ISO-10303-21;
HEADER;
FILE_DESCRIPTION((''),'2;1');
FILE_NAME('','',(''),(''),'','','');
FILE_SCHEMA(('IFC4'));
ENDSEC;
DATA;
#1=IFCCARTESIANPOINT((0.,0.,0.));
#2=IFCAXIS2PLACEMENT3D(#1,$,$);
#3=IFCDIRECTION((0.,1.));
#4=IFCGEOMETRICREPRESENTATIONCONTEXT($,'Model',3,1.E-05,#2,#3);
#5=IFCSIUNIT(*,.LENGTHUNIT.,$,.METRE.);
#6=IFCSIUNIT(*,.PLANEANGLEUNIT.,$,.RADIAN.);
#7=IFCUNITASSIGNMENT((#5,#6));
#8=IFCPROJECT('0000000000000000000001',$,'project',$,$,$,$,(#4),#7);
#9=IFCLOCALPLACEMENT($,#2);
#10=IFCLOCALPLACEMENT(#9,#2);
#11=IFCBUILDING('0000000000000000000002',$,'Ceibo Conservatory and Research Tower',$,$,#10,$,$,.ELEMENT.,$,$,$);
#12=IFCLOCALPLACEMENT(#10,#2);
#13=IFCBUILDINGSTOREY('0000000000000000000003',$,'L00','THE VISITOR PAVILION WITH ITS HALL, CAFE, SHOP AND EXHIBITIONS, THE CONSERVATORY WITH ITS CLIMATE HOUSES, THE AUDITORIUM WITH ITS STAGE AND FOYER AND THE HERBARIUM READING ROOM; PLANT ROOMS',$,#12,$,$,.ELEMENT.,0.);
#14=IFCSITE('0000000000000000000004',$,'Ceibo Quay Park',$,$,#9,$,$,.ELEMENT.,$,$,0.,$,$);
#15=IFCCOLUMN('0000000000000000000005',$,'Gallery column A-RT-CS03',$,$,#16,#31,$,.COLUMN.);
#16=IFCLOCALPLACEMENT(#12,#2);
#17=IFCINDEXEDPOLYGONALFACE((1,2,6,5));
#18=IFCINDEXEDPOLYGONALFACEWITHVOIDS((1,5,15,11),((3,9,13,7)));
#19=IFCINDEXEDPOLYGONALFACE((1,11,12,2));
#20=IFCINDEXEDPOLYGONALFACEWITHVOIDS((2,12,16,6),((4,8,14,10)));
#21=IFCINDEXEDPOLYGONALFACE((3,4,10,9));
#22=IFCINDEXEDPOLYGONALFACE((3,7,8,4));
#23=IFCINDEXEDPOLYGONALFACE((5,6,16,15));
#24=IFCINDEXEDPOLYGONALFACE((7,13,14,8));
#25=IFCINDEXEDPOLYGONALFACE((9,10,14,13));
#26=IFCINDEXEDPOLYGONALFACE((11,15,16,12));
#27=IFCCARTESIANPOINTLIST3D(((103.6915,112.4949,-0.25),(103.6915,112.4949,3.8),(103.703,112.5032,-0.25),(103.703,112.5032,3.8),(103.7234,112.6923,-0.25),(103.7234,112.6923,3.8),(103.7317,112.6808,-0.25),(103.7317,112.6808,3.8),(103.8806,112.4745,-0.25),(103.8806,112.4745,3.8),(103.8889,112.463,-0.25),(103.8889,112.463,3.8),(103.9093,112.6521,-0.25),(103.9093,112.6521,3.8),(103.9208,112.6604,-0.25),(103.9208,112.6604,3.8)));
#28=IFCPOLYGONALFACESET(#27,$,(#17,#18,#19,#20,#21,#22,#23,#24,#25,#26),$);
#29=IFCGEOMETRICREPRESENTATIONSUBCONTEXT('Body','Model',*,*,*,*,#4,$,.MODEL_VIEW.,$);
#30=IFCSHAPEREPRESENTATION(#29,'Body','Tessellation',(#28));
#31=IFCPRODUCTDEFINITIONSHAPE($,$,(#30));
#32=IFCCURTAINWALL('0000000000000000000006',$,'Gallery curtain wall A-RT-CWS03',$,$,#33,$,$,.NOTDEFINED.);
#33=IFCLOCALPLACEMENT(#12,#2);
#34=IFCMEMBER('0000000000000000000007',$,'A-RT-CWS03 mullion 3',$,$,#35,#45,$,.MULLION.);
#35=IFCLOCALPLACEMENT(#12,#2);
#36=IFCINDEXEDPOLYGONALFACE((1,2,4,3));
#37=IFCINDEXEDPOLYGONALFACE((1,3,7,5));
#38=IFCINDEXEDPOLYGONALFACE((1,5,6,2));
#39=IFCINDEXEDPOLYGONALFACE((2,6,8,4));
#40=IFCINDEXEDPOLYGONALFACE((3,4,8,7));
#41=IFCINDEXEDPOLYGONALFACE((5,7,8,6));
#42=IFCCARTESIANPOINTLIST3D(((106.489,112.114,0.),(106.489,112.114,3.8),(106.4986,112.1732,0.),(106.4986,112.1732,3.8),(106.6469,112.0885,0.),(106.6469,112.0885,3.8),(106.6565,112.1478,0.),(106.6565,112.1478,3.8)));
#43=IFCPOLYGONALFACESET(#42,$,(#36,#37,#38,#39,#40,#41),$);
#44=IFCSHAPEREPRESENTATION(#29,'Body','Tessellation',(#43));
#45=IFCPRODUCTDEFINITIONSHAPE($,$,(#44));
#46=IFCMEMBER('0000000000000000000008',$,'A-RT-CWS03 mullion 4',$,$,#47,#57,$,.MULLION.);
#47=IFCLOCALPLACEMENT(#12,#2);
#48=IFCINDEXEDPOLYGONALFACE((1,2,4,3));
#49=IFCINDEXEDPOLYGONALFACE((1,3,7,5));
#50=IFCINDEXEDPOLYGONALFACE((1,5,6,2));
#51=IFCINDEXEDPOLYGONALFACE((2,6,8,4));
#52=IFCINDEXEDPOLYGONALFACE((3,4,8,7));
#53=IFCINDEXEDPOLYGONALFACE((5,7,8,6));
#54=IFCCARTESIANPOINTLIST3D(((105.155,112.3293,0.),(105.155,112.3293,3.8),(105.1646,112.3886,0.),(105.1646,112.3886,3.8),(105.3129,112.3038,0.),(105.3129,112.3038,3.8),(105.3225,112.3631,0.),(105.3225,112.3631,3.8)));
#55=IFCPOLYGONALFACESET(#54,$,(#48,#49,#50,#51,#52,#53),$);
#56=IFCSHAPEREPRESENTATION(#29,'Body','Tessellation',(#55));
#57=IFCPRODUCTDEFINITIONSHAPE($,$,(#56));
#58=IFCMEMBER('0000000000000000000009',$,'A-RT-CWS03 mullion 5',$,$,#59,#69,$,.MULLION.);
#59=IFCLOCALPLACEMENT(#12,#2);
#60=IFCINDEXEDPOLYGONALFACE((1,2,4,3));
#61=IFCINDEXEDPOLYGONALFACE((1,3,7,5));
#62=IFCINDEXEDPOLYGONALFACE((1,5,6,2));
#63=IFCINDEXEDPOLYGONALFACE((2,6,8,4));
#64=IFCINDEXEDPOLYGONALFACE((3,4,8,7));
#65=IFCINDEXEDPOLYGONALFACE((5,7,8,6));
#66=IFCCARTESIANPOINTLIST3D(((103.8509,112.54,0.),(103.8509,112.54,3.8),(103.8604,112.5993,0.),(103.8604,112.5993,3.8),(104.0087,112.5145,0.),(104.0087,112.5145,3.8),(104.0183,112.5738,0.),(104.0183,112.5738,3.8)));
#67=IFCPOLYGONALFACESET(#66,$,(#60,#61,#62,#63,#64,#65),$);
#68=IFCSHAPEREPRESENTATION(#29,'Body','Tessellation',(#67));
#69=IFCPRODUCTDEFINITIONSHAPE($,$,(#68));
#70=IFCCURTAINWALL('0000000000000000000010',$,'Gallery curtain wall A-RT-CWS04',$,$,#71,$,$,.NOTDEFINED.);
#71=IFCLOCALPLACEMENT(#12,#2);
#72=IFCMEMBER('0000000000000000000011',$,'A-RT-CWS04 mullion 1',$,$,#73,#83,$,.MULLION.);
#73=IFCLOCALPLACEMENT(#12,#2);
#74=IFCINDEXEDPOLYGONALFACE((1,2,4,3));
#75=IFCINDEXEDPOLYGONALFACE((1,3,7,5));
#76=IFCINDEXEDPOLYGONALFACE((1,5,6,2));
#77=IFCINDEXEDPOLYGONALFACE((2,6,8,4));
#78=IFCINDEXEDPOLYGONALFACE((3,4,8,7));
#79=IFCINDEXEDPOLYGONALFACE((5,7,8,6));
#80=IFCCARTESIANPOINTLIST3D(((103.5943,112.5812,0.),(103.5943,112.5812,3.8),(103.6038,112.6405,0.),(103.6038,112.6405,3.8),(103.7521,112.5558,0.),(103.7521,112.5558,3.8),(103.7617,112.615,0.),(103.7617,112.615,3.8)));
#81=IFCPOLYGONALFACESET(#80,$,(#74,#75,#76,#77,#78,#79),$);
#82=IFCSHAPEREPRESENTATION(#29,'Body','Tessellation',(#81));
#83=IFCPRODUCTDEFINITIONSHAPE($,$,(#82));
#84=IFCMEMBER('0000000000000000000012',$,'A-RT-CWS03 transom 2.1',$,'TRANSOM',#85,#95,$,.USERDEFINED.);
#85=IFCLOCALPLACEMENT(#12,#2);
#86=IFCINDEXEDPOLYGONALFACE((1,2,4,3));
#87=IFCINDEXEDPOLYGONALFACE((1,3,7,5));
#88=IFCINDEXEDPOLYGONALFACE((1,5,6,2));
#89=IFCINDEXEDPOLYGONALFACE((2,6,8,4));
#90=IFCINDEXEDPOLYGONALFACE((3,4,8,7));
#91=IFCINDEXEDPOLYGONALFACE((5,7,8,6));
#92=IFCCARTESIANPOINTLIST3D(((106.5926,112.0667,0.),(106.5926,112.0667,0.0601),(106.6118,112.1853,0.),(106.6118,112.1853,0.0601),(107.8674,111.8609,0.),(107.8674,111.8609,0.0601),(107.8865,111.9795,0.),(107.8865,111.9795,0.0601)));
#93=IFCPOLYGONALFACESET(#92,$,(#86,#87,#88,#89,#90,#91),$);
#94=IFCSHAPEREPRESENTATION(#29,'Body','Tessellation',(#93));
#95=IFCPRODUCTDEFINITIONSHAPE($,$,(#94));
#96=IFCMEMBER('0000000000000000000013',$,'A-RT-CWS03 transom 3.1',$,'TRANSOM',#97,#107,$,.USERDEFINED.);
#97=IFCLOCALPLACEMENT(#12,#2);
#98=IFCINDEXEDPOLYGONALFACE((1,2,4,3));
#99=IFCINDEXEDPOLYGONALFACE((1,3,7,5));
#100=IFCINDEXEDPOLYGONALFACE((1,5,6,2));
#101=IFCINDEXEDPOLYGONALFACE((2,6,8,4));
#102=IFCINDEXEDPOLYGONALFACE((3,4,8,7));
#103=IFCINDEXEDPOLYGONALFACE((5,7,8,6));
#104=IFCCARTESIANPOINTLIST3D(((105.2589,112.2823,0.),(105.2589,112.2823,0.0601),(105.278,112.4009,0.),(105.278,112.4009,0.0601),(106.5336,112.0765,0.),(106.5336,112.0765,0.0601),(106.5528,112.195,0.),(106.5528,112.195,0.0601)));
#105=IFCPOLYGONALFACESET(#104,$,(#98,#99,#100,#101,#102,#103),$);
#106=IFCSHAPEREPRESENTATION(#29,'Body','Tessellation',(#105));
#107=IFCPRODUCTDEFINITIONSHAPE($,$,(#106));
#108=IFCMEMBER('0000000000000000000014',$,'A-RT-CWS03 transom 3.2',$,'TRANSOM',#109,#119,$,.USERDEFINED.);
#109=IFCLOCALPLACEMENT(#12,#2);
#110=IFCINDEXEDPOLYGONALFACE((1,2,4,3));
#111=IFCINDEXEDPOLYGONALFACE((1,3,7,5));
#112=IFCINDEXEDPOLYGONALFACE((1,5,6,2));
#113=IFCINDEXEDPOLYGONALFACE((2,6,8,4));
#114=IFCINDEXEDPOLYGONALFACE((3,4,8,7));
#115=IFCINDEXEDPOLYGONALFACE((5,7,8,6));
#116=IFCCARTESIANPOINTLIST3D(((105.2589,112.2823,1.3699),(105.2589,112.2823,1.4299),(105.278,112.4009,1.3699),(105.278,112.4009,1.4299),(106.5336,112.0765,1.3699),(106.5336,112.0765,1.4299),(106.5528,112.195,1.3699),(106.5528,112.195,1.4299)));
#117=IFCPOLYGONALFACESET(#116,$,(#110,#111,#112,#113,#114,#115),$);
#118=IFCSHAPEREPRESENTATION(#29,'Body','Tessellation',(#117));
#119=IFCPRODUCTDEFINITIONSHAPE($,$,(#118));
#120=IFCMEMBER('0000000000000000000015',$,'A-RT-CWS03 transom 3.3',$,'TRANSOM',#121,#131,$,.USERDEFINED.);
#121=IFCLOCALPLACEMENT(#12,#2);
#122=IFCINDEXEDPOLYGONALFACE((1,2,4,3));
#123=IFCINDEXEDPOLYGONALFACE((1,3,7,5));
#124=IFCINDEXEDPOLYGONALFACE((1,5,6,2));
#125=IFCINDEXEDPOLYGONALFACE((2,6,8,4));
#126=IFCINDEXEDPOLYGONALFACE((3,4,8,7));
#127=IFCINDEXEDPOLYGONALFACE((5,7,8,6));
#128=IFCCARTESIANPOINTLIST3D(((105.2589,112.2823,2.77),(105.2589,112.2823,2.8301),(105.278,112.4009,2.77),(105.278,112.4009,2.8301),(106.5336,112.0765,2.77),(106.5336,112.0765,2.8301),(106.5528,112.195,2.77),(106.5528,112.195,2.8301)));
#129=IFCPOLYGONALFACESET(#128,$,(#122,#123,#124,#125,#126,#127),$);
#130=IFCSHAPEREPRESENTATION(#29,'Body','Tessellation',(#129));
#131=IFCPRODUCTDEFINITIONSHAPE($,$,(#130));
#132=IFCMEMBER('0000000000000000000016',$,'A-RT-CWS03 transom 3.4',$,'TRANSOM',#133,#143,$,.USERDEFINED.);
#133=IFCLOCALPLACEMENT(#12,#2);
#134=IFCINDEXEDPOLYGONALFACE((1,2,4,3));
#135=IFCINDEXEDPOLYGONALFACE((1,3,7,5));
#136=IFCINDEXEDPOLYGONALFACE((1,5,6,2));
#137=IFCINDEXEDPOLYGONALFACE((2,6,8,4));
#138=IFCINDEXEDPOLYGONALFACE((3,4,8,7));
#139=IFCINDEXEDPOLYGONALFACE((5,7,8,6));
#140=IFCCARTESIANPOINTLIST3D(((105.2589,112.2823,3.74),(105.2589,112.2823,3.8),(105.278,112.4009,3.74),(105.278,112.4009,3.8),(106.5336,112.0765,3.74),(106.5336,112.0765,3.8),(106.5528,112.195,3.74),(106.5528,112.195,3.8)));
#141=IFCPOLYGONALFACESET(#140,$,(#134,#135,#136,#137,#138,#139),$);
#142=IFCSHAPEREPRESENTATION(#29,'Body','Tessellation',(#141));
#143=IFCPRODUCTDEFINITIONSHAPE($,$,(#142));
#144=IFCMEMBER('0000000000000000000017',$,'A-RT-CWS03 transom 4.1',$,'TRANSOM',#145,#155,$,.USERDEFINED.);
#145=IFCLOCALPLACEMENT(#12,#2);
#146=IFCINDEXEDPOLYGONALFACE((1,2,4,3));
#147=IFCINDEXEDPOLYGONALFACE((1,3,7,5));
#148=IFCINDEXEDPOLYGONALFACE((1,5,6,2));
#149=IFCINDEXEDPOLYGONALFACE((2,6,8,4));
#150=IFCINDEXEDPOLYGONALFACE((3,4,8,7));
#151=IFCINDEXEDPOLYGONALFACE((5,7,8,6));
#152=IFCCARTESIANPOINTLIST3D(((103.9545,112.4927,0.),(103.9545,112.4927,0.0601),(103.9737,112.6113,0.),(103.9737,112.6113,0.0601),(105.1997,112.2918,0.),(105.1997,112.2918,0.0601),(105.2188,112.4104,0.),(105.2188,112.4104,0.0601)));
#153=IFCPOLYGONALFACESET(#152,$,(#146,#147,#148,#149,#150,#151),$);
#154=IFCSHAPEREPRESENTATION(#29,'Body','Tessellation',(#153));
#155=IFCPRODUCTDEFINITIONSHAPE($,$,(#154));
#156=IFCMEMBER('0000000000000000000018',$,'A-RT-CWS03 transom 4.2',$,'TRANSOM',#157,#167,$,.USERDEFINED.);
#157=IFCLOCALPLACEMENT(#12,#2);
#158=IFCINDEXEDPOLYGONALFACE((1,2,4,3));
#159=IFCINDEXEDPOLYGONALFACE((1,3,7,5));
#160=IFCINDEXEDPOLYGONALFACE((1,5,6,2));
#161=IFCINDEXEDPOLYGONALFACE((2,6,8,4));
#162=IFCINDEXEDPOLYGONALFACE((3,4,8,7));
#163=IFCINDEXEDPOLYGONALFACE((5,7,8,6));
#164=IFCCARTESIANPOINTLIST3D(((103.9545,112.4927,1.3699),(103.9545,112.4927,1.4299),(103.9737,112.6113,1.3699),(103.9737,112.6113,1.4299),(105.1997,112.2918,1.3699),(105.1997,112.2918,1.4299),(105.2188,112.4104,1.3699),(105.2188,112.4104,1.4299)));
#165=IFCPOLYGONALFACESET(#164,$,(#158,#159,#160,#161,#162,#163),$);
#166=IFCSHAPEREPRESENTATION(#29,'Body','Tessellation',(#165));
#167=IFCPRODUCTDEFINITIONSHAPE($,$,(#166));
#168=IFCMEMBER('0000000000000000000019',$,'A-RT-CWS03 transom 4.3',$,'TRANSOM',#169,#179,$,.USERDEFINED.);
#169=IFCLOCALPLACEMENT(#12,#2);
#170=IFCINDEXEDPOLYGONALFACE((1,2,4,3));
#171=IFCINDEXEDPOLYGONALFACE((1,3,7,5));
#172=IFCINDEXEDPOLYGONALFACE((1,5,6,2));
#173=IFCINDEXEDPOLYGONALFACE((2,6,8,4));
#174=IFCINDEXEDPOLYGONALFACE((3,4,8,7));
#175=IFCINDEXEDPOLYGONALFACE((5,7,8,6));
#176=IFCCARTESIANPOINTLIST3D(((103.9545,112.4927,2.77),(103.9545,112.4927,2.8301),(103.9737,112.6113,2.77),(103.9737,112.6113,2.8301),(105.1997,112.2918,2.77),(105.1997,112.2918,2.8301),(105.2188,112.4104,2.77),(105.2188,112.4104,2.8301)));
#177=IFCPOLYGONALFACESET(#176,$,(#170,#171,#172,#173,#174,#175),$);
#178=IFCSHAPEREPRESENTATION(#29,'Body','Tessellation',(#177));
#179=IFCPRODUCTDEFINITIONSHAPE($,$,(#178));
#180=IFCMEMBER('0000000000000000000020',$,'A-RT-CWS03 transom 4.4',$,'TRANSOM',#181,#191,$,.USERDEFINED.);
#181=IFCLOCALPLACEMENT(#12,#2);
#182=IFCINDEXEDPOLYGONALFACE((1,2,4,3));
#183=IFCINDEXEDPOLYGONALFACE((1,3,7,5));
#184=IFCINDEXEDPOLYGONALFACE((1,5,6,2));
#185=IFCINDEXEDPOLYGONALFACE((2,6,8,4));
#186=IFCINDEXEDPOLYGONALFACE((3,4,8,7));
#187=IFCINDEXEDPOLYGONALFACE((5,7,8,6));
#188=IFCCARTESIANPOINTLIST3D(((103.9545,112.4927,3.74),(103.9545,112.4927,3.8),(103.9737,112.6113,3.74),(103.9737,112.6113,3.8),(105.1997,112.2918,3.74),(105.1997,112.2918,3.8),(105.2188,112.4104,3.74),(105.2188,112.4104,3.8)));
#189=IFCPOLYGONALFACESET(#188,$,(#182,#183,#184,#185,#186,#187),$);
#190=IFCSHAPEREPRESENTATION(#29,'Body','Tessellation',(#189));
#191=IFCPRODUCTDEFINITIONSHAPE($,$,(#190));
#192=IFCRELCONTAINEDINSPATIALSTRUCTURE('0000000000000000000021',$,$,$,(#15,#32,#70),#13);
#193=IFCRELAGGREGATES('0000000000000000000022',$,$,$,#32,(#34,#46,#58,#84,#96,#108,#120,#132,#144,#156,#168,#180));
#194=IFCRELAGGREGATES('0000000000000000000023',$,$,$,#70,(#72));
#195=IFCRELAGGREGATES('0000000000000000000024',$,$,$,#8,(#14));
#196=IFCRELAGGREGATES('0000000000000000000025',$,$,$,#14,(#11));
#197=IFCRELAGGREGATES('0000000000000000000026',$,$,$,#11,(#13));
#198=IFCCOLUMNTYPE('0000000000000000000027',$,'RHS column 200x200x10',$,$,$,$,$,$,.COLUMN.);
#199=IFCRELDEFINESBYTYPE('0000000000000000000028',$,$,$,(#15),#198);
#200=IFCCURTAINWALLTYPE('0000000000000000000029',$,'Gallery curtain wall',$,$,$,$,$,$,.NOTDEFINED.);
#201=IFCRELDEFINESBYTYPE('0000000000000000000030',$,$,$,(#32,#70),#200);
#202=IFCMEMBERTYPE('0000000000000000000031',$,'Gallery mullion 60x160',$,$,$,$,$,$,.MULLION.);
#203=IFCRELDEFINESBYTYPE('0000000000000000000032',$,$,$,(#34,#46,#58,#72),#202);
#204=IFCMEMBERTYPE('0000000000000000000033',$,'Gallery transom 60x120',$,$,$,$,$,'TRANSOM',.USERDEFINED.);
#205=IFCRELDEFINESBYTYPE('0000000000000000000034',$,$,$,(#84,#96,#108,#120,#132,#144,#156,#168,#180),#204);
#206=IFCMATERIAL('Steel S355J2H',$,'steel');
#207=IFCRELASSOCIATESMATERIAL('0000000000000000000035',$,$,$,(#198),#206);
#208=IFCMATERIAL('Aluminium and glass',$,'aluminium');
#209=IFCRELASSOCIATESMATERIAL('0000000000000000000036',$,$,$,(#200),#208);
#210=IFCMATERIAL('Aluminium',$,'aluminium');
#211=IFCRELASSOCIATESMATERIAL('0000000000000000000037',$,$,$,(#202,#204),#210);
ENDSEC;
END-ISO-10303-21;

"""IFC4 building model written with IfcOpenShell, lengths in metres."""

from ifc_helpers import new_model, si_unit, direction, frame, origin, origin_2d, place, context, subcontext, project, spatial, rectangle, hollow_rectangle, extrude, material, material_profile, profile_set, type_object, element, aggregate, save


model = new_model("IFC4")

# Units and contexts
model_context = context("Model", 3, precision=1e-05, world=origin(), true_north=direction((0.0, 1.0)))
body_context = subcontext(model_context, "Body", "Model", "MODEL_VIEW")
ifc_project = project(units=[si_unit("LENGTHUNIT", "METRE"), si_unit("PLANEANGLEUNIT", "RADIAN")], contexts=[model_context])

# Site, building, storey
site_placement = place(None, origin())
site = spatial("IfcSite", under=ifc_project, at=site_placement, Name="Ceibo Quay Park", CompositionType="ELEMENT", RefElevation=0.0)
building_placement = place(site_placement, origin())
building = spatial("IfcBuilding", under=site, at=building_placement, Name="Ceibo Conservatory and Research Tower", CompositionType="ELEMENT")
storey_placement = place(building_placement, origin())
storey = spatial("IfcBuildingStorey", under=building, at=storey_placement, Name="L00", Description="THE VISITOR PAVILION WITH ITS HALL, CAFE, SHOP AND EXHIBITIONS, THE CONSERVATORY WITH ITS CLIMATE HOUSES, THE AUDITORIUM WITH ITS STAGE AND FOYER AND THE HERBARIUM READING ROOM; PLANT ROOMS", CompositionType="ELEMENT", Elevation=0.0)

# Column
ifc_material_1 = material(Name="Steel S355J2H", Category="steel")
ifc_material_profile_1 = material_profile(ifc_material_1, hollow_rectangle(XDim=0.2, YDim=0.2, WallThickness=0.01, at=origin_2d()), Name="RHS column 200x200x10")
ifc_profile_set_1 = profile_set([ifc_material_profile_1], Name="Steel S355J2H")
column_type = type_object("IfcColumnType", Name="RHS column 200x200x10", PredefinedType="COLUMN", material=ifc_profile_set_1)
column_placement = place(storey_placement, frame((103.8062, 112.5776, -0.25), z_axis=(0.0, 0.0, 1.0), x_axis=(-0.987216, 0.159391, 0.0)))
element("IfcColumn", 1, at=column_placement, inside=storey, type_object=column_type, Name="Gallery column A-RT-CS03", PredefinedType="COLUMN", context=body_context, shape_type="SweptSolid", body=[
    extrude(hollow_rectangle(XDim=0.2, YDim=0.2, WallThickness=0.01, at=origin_2d()), origin(), (0.0, 0.0, 1.0), 4.05),
])

# Curtain wall, members
ifc_material_2 = material(Name="Aluminium and glass", Category="aluminium")
curtain_wall_type = type_object("IfcCurtainWallType", Name="Gallery curtain wall", PredefinedType="NOTDEFINED", material=ifc_material_2)
curtain_wall_1_placement = place(storey_placement, origin())
curtain_wall_1 = element("IfcCurtainWall", 2, at=curtain_wall_1_placement, inside=storey, type_object=curtain_wall_type, Name="Gallery curtain wall A-RT-CWS03", PredefinedType="NOTDEFINED")
ifc_material_3 = material(Name="Aluminium", Category="aluminium")
ifc_material_profile_2 = material_profile(ifc_material_3, rectangle(XDim=0.0601, YDim=0.1599, at=origin_2d()), Name="AL 60x160")
ifc_profile_set_2 = profile_set([ifc_material_profile_2], Name="Aluminium")
member_type_1 = type_object("IfcMemberType", Name="Gallery mullion 60x160", PredefinedType="MULLION", material=ifc_profile_set_2)
member_1_placement = place(storey_placement, frame((106.5728, 112.1309, 0.0), z_axis=(0.0, 0.0, 1.0), x_axis=(-0.159391, -0.987216, 0.0)))
member_1 = element("IfcMember", 3, at=member_1_placement, type_object=member_type_1, Name="A-RT-CWS03 mullion 3", PredefinedType="MULLION", context=body_context, shape_type="SweptSolid", body=[
    extrude(rectangle(XDim=0.0601, YDim=0.1599, at=origin_2d()), origin(), (0.0, 0.0, 1.0), 3.8),
])
member_2_placement = place(storey_placement, frame((105.2388, 112.3462, 0.0), z_axis=(0.0, 0.0, 1.0), x_axis=(-0.159391, -0.987216, 0.0)))
member_2 = element("IfcMember", 4, at=member_2_placement, type_object=member_type_1, Name="A-RT-CWS03 mullion 4", PredefinedType="MULLION", context=body_context, shape_type="SweptSolid", body=[
    extrude(rectangle(XDim=0.0601, YDim=0.1599, at=origin_2d()), origin(), (0.0, 0.0, 1.0), 3.8),
])
member_3_placement = place(storey_placement, frame((103.9346, 112.5569, 0.0), z_axis=(0.0, 0.0, 1.0), x_axis=(-0.159391, -0.987216, 0.0)))
member_3 = element("IfcMember", 5, at=member_3_placement, type_object=member_type_1, Name="A-RT-CWS03 mullion 5", PredefinedType="MULLION", context=body_context, shape_type="SweptSolid", body=[
    extrude(rectangle(XDim=0.0601, YDim=0.1599, at=origin_2d()), origin(), (0.0, 0.0, 1.0), 3.8),
])

# Curtain wall, member
curtain_wall_2_placement = place(storey_placement, origin())
curtain_wall_2 = element("IfcCurtainWall", 6, at=curtain_wall_2_placement, inside=storey, type_object=curtain_wall_type, Name="Gallery curtain wall A-RT-CWS04", PredefinedType="NOTDEFINED")
member_4_placement = place(storey_placement, frame((103.678, 112.5981, 0.0), z_axis=(0.0, 0.0, 1.0), x_axis=(-0.159391, -0.987216, 0.0)))
member_4 = element("IfcMember", 7, at=member_4_placement, type_object=member_type_1, Name="A-RT-CWS04 mullion 1", PredefinedType="MULLION", context=body_context, shape_type="SweptSolid", body=[
    extrude(rectangle(XDim=0.0601, YDim=0.1599, at=origin_2d()), origin(), (0.0, 0.0, 1.0), 3.8),
])

# Members
ifc_material_profile_3 = material_profile(ifc_material_3, rectangle(XDim=0.1201, YDim=0.0601, at=origin_2d()), Name="AL 60x120")
ifc_profile_set_3 = profile_set([ifc_material_profile_3], Name="Aluminium")
member_type_2 = type_object("IfcMemberType", Name="Gallery transom 60x120", ElementType="TRANSOM", PredefinedType="USERDEFINED", material=ifc_profile_set_3)
member_5_placement = place(storey_placement, frame((107.877, 111.9202, 0.03), z_axis=(-0.987214, 0.159399, 0.0), x_axis=(-0.159399, -0.987214, 0.0)))
member_5 = element("IfcMember", 8, at=member_5_placement, type_object=member_type_2, Name="A-RT-CWS03 transom 2.1", ObjectType="TRANSOM", PredefinedType="USERDEFINED", context=body_context, shape_type="SweptSolid", body=[
    extrude(rectangle(XDim=0.1201, YDim=0.0601, at=origin_2d()), origin(), (0.0, 0.0, 1.0), 1.2913),
])
member_6_placement = place(storey_placement, frame((106.5432, 112.1357, 0.03), z_axis=(-0.987214, 0.159399, 0.0), x_axis=(-0.159399, -0.987214, 0.0)))
member_6 = element("IfcMember", 9, at=member_6_placement, type_object=member_type_2, Name="A-RT-CWS03 transom 3.1", ObjectType="TRANSOM", PredefinedType="USERDEFINED", context=body_context, shape_type="SweptSolid", body=[
    extrude(rectangle(XDim=0.1201, YDim=0.0601, at=origin_2d()), origin(), (0.0, 0.0, 1.0), 1.2913),
])
member_7_placement = place(storey_placement, frame((106.5432, 112.1357, 1.3999), z_axis=(-0.987214, 0.159399, 0.0), x_axis=(-0.159399, -0.987214, 0.0)))
member_7 = element("IfcMember", 10, at=member_7_placement, type_object=member_type_2, Name="A-RT-CWS03 transom 3.2", ObjectType="TRANSOM", PredefinedType="USERDEFINED", context=body_context, shape_type="SweptSolid", body=[
    extrude(rectangle(XDim=0.1201, YDim=0.0601, at=origin_2d()), origin(), (0.0, 0.0, 1.0), 1.2913),
])
member_8_placement = place(storey_placement, frame((106.5432, 112.1357, 2.8), z_axis=(-0.987214, 0.159399, 0.0), x_axis=(-0.159399, -0.987214, 0.0)))
member_8 = element("IfcMember", 11, at=member_8_placement, type_object=member_type_2, Name="A-RT-CWS03 transom 3.3", ObjectType="TRANSOM", PredefinedType="USERDEFINED", context=body_context, shape_type="SweptSolid", body=[
    extrude(rectangle(XDim=0.1201, YDim=0.0601, at=origin_2d()), origin(), (0.0, 0.0, 1.0), 1.2913),
])
member_9_placement = place(storey_placement, frame((106.5432, 112.1357, 3.77), z_axis=(-0.987214, 0.159399, 0.0), x_axis=(-0.159399, -0.987214, 0.0)))
member_9 = element("IfcMember", 12, at=member_9_placement, type_object=member_type_2, Name="A-RT-CWS03 transom 3.4", ObjectType="TRANSOM", PredefinedType="USERDEFINED", context=body_context, shape_type="SweptSolid", body=[
    extrude(rectangle(XDim=0.1201, YDim=0.0601, at=origin_2d()), origin(), (0.0, 0.0, 1.0), 1.2913),
])
member_10_placement = place(storey_placement, frame((105.2092, 112.3511, 0.03), z_axis=(-0.987228, 0.159312, 0.0), x_axis=(-0.159312, -0.987228, 0.0)))
member_10 = element("IfcMember", 13, at=member_10_placement, type_object=member_type_2, Name="A-RT-CWS03 transom 4.1", ObjectType="TRANSOM", PredefinedType="USERDEFINED", context=body_context, shape_type="SweptSolid", body=[
    extrude(rectangle(XDim=0.1201, YDim=0.0601, at=origin_2d()), origin(), (0.0, 0.0, 1.0), 1.2612),
])
member_11_placement = place(storey_placement, frame((105.2092, 112.3511, 1.3999), z_axis=(-0.987228, 0.159312, 0.0), x_axis=(-0.159312, -0.987228, 0.0)))
member_11 = element("IfcMember", 14, at=member_11_placement, type_object=member_type_2, Name="A-RT-CWS03 transom 4.2", ObjectType="TRANSOM", PredefinedType="USERDEFINED", context=body_context, shape_type="SweptSolid", body=[
    extrude(rectangle(XDim=0.1201, YDim=0.0601, at=origin_2d()), origin(), (0.0, 0.0, 1.0), 1.2612),
])
member_12_placement = place(storey_placement, frame((105.2092, 112.3511, 2.8), z_axis=(-0.987228, 0.159312, 0.0), x_axis=(-0.159312, -0.987228, 0.0)))
member_12 = element("IfcMember", 15, at=member_12_placement, type_object=member_type_2, Name="A-RT-CWS03 transom 4.3", ObjectType="TRANSOM", PredefinedType="USERDEFINED", context=body_context, shape_type="SweptSolid", body=[
    extrude(rectangle(XDim=0.1201, YDim=0.0601, at=origin_2d()), origin(), (0.0, 0.0, 1.0), 1.2612),
])
member_13_placement = place(storey_placement, frame((105.2092, 112.3511, 3.77), z_axis=(-0.987228, 0.159312, 0.0), x_axis=(-0.159312, -0.987228, 0.0)))
member_13 = element("IfcMember", 16, at=member_13_placement, type_object=member_type_2, Name="A-RT-CWS03 transom 4.4", ObjectType="TRANSOM", PredefinedType="USERDEFINED", context=body_context, shape_type="SweptSolid", body=[
    extrude(rectangle(XDim=0.1201, YDim=0.0601, at=origin_2d()), origin(), (0.0, 0.0, 1.0), 1.2612),
])

aggregate(curtain_wall_1, [member_1, member_2, member_3, member_5, member_6, member_7, member_8, member_9, member_10, member_11, member_12, member_13])
aggregate(curtain_wall_2, [member_4])

save(model, "model.ifc")
